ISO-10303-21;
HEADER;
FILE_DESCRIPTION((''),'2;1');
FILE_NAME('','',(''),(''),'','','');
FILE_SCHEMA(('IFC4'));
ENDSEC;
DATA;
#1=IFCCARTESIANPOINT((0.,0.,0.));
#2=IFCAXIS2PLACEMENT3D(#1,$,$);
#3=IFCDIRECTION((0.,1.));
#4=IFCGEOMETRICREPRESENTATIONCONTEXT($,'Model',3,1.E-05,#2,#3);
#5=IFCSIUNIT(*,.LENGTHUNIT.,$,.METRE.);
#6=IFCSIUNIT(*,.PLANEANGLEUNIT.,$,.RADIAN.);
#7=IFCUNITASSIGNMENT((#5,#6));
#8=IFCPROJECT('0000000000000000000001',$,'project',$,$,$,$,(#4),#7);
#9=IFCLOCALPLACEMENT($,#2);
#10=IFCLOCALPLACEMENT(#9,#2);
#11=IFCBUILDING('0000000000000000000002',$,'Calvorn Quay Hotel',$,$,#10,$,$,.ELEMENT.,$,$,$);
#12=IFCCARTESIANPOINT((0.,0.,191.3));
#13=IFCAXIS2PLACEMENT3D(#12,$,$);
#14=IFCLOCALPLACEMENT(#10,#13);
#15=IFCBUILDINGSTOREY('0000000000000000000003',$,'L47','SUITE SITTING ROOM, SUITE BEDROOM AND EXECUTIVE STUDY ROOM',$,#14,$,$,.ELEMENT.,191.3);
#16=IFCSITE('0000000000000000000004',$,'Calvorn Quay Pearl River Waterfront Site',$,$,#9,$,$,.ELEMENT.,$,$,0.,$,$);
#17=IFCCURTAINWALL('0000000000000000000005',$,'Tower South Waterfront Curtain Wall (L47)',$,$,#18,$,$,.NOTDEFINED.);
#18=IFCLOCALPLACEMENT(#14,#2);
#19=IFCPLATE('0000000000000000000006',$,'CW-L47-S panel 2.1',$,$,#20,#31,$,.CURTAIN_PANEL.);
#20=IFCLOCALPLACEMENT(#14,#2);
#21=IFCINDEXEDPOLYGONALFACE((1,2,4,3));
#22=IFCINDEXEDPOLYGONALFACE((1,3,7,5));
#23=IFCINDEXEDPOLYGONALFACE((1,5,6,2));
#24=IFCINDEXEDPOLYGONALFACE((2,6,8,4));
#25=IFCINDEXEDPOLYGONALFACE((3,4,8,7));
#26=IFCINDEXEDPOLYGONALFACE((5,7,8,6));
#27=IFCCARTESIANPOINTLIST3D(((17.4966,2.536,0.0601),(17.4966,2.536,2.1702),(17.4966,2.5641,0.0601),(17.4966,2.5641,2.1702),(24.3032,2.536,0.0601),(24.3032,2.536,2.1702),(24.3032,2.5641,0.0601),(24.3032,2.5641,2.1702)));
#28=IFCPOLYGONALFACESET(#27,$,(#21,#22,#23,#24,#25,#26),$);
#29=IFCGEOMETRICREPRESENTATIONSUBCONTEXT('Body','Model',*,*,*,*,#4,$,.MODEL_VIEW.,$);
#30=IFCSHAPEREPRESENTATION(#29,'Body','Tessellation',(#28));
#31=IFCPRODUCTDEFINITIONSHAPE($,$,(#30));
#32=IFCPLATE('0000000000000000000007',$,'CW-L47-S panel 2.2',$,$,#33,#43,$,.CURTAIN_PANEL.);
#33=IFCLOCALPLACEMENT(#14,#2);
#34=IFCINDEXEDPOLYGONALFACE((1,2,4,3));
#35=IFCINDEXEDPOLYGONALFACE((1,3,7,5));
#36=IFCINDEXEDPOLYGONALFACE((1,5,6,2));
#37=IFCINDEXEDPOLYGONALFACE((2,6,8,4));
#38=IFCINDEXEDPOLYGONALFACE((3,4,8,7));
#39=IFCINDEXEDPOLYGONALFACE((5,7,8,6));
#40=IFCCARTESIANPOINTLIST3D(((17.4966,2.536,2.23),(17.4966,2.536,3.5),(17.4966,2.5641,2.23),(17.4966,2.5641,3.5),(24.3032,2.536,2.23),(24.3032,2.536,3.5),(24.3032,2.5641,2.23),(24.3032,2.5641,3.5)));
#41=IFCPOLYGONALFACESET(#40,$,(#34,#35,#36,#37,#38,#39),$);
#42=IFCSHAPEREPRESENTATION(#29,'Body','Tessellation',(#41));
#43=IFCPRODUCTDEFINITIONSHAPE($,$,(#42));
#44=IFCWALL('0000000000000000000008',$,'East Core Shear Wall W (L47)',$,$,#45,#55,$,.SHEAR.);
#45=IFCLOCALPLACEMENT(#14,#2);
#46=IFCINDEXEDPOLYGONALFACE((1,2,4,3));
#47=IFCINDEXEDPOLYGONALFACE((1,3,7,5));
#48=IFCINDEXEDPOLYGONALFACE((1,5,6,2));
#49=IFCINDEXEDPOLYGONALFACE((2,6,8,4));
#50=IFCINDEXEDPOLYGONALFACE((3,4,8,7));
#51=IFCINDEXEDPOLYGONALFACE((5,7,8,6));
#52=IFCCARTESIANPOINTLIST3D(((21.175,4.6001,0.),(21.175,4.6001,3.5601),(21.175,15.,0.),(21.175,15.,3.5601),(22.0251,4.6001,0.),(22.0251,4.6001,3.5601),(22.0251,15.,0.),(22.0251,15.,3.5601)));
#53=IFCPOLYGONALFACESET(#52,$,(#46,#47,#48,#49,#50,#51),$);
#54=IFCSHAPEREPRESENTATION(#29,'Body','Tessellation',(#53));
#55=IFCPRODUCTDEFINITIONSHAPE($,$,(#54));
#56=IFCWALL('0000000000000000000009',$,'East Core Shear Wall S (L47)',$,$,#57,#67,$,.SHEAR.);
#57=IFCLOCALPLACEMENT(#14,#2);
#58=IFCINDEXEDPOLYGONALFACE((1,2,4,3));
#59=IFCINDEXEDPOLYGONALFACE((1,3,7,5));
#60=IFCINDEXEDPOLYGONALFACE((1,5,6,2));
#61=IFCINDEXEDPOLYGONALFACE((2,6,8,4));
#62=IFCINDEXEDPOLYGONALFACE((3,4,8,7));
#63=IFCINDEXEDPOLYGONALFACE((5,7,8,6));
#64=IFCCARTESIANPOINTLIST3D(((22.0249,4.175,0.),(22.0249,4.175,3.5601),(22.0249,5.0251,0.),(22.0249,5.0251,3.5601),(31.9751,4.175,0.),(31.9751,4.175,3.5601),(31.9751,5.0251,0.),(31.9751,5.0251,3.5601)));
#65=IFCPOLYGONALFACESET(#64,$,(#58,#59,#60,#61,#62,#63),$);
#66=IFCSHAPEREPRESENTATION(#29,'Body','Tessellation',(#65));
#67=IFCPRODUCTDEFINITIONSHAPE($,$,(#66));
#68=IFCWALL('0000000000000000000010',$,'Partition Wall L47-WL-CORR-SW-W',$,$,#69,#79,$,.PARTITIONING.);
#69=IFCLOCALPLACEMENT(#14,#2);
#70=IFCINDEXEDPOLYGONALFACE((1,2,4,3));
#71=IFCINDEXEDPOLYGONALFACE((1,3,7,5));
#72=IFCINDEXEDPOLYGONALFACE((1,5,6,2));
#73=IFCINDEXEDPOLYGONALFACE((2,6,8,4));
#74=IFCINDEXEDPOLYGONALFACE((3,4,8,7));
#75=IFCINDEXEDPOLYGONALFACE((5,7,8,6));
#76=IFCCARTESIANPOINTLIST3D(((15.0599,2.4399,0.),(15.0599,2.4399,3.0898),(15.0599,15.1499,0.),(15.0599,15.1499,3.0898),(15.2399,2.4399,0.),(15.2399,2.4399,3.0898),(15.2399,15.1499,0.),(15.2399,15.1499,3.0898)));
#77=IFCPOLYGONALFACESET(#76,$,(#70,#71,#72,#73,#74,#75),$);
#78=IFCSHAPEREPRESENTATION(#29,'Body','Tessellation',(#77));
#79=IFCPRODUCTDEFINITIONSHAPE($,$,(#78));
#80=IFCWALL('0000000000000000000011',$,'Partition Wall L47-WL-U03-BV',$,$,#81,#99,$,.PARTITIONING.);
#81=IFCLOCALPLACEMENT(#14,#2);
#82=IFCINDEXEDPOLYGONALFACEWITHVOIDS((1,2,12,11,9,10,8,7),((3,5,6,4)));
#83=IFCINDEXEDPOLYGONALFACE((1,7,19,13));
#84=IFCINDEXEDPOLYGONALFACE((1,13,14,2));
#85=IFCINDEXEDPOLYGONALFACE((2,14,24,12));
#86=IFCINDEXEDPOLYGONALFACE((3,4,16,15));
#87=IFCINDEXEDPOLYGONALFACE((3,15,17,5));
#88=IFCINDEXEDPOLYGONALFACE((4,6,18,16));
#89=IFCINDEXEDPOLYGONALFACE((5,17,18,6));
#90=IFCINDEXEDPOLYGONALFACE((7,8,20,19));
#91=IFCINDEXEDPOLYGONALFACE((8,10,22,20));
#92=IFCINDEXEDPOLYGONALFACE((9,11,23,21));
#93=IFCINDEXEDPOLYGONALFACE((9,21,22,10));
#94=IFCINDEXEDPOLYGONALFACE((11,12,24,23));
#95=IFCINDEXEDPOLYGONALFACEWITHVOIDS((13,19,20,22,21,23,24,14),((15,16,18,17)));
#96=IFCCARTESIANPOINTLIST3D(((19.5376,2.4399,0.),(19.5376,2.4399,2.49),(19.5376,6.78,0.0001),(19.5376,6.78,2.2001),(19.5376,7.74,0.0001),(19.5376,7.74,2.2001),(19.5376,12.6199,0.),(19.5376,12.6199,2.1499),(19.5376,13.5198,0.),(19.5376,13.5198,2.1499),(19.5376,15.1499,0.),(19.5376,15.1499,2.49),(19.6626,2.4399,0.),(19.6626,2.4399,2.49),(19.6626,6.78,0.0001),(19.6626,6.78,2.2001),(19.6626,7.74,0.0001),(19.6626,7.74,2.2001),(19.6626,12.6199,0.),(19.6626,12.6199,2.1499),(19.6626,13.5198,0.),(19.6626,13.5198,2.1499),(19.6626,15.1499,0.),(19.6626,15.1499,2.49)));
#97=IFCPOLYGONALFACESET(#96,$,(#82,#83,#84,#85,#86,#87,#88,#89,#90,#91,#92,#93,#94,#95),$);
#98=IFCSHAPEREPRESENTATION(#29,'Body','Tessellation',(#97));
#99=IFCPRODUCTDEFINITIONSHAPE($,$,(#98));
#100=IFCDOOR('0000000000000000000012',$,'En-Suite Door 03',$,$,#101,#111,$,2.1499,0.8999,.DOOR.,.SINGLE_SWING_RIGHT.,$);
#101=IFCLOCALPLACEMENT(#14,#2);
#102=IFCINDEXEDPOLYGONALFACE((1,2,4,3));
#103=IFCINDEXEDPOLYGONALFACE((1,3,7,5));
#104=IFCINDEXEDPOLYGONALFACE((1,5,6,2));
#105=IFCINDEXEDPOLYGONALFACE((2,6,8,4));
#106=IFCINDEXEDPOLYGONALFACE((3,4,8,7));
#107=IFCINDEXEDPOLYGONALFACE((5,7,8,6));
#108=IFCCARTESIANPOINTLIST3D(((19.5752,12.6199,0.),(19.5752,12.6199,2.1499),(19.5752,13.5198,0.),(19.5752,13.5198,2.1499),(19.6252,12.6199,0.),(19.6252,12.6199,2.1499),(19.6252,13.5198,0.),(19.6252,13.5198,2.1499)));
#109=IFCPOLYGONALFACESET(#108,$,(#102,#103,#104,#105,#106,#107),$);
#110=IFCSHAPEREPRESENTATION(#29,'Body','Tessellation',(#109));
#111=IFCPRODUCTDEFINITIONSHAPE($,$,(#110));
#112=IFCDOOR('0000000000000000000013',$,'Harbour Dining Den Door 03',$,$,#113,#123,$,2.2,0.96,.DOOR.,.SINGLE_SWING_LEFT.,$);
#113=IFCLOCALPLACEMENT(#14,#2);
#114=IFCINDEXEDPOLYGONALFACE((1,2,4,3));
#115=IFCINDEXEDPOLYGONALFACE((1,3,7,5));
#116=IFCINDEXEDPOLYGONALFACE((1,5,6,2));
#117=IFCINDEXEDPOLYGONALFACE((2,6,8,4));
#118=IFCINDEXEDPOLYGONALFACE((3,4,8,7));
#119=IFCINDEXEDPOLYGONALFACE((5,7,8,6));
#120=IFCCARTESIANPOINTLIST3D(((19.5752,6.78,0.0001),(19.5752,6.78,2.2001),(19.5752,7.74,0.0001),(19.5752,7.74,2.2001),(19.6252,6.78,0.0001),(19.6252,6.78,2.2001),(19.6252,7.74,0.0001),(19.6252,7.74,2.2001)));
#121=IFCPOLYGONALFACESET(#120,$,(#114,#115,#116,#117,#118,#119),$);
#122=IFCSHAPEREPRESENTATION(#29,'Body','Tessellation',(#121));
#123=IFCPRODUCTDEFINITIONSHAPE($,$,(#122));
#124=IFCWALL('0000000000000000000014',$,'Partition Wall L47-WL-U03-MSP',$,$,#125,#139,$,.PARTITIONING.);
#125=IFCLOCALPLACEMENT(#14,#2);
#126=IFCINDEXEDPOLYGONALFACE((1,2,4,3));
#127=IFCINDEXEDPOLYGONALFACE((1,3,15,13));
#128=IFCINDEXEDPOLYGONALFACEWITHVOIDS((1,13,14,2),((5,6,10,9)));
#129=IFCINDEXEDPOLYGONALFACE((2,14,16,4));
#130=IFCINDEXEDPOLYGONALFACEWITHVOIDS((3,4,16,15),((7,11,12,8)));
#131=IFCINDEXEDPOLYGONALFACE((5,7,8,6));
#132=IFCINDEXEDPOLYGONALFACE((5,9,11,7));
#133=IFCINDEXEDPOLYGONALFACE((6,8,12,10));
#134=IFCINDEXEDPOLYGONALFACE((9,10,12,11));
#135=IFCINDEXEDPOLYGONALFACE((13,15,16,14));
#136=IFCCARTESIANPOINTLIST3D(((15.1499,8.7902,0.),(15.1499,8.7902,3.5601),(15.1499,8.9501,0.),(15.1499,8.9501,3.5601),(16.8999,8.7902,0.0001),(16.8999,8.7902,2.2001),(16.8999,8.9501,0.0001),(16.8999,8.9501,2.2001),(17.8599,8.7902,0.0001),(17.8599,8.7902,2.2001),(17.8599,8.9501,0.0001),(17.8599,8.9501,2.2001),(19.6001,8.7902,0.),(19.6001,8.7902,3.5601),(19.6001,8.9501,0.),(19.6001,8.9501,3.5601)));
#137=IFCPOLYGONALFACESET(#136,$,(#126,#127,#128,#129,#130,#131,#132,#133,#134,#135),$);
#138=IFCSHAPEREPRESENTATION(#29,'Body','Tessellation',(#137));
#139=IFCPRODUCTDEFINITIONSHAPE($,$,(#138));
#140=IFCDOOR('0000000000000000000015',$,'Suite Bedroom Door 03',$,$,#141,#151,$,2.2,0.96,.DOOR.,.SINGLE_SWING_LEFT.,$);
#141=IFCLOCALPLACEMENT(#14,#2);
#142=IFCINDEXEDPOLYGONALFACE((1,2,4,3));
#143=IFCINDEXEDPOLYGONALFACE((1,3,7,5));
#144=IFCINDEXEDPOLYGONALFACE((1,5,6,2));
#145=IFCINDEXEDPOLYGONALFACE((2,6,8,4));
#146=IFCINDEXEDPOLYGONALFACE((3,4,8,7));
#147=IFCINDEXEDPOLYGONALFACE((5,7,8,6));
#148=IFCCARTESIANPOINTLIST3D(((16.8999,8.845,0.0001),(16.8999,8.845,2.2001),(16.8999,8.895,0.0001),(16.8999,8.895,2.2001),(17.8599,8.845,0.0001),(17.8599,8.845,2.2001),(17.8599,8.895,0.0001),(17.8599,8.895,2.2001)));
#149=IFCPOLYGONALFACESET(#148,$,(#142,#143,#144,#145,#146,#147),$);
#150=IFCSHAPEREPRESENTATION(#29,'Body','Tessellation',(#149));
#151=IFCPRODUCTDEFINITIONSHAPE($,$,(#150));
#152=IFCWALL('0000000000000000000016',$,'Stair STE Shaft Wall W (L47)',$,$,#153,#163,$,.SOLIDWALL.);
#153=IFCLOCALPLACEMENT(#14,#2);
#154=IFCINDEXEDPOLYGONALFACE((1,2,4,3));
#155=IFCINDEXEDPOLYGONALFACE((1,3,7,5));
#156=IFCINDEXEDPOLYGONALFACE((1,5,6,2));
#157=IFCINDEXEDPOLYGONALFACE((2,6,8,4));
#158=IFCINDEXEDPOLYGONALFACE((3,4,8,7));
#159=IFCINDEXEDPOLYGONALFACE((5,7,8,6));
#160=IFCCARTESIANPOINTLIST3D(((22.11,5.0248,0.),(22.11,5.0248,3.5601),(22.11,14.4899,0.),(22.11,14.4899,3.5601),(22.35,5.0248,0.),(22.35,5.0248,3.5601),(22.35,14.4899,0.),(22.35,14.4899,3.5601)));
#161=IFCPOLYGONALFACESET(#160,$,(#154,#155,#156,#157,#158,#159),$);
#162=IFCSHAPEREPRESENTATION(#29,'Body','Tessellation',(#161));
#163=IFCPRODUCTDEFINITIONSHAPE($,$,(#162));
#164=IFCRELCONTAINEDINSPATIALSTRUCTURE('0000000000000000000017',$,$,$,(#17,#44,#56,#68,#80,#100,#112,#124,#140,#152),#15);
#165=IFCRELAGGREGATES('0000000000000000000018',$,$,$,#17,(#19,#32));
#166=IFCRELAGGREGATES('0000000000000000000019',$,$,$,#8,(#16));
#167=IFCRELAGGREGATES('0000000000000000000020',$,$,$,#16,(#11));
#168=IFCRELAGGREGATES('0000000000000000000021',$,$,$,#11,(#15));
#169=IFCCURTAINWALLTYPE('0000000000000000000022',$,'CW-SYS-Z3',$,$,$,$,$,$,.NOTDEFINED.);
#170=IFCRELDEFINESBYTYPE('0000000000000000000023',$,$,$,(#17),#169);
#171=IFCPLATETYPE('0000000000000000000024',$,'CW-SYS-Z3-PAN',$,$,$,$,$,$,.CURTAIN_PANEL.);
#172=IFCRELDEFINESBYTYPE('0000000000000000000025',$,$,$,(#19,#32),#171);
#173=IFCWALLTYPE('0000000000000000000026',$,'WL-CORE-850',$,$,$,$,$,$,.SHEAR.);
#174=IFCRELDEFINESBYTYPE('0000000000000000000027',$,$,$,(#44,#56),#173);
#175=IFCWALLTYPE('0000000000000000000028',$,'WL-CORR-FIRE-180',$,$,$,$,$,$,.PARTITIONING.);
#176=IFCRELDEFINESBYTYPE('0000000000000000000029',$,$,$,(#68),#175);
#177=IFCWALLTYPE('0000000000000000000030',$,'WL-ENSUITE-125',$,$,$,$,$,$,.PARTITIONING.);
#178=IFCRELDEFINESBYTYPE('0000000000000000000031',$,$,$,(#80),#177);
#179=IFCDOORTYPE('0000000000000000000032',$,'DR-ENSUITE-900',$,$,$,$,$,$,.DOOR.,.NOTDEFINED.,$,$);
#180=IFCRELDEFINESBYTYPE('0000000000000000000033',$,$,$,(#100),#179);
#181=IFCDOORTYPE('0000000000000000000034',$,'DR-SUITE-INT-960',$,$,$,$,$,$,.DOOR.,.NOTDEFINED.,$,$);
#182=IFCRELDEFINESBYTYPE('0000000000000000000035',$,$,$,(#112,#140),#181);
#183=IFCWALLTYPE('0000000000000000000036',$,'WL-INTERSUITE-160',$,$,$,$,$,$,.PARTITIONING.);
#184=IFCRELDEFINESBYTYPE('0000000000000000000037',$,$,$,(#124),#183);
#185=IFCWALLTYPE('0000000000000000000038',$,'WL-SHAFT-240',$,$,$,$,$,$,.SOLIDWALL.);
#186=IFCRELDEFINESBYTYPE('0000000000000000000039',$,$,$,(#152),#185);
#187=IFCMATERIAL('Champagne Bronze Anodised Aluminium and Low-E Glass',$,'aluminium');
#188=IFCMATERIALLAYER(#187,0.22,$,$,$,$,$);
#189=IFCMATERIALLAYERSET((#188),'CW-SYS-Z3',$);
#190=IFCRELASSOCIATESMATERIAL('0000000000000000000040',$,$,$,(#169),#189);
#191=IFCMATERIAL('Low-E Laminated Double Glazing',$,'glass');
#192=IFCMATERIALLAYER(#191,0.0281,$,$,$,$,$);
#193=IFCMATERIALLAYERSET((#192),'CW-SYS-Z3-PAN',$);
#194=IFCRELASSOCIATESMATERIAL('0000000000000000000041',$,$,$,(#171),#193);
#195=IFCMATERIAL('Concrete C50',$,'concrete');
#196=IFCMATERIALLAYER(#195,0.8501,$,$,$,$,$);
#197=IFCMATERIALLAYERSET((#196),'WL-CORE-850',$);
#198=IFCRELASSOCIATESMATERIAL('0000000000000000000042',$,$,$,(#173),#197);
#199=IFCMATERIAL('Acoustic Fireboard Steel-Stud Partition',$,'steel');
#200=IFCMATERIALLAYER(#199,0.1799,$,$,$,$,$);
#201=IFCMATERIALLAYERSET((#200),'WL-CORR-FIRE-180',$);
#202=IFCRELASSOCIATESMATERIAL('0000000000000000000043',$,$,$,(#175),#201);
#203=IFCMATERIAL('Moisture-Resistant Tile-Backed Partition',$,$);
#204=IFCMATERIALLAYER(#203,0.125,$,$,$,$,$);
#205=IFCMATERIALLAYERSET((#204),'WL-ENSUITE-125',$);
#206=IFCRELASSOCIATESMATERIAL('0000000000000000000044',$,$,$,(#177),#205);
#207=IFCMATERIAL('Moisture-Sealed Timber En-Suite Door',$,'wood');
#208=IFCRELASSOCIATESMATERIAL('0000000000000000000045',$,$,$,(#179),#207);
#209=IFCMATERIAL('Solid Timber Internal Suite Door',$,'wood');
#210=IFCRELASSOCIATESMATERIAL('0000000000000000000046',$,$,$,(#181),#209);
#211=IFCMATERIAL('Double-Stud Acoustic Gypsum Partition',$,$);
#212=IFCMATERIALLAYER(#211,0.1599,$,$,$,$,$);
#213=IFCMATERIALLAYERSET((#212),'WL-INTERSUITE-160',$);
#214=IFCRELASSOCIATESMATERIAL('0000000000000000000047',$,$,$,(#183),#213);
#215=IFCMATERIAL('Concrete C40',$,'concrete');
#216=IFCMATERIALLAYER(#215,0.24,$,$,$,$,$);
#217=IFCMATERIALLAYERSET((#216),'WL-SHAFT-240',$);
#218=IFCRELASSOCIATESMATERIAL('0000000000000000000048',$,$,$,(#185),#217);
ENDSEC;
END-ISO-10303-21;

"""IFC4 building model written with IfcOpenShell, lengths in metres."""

from ifc_helpers import new_model, si_unit, direction, frame, frame_2d, origin, origin_2d, place, context, subcontext, project, spatial, rectangle, extrude, material, layer, layer_set, type_object, element, fill, aggregate, save


model = new_model("IFC4")

# Units and contexts
model_context = context("Model", 3, precision=1e-05, world=origin(), true_north=direction((0.0, 1.0)))
body_context = subcontext(model_context, "Body", "Model", "MODEL_VIEW")
ifc_project = project(units=[si_unit("LENGTHUNIT", "METRE"), si_unit("PLANEANGLEUNIT", "RADIAN")], contexts=[model_context])

# Site, building, storey
site_placement = place(None, origin())
site = spatial("IfcSite", under=ifc_project, at=site_placement, Name="Calvorn Quay Pearl River Waterfront Site", CompositionType="ELEMENT", RefElevation=0.0)
building_placement = place(site_placement, origin())
building = spatial("IfcBuilding", under=site, at=building_placement, Name="Calvorn Quay Hotel", CompositionType="ELEMENT")
storey_placement = place(building_placement, frame((0.0, 0.0, 191.3)))
storey = spatial("IfcBuildingStorey", under=building, at=storey_placement, Name="L47", Description="SUITE SITTING ROOM, SUITE BEDROOM AND EXECUTIVE STUDY ROOM", CompositionType="ELEMENT", Elevation=191.3)

# Curtain wall, plates
ifc_material_1 = material(Name="Champagne Bronze Anodised Aluminium and Low-E Glass", Category="aluminium")
ifc_layer_1 = layer(ifc_material_1, 0.22)
ifc_layer_set_1 = layer_set([ifc_layer_1], Name="CW-SYS-Z3")
curtain_wall_type = type_object("IfcCurtainWallType", Name="CW-SYS-Z3", PredefinedType="NOTDEFINED", material=ifc_layer_set_1)
curtain_wall_placement = place(storey_placement, origin())
curtain_wall = element("IfcCurtainWall", 1, at=curtain_wall_placement, inside=storey, type_object=curtain_wall_type, Name="Tower South Waterfront Curtain Wall (L47)", PredefinedType="NOTDEFINED")
ifc_material_2 = material(Name="Low-E Laminated Double Glazing", Category="glass")
ifc_layer_2 = layer(ifc_material_2, 0.0281)
ifc_layer_set_2 = layer_set([ifc_layer_2], Name="CW-SYS-Z3-PAN")
plate_type = type_object("IfcPlateType", Name="CW-SYS-Z3-PAN", PredefinedType="CURTAIN_PANEL", material=ifc_layer_set_2)
plate_1_placement = place(storey_placement, frame((20.8999, 2.55, 0.0601), z_axis=(0.0, 0.0, 1.0), x_axis=(1.0, 0.0, 0.0)))
plate_1 = element("IfcPlate", 2, at=plate_1_placement, type_object=plate_type, Name="CW-L47-S panel 2.1", PredefinedType="CURTAIN_PANEL", context=body_context, shape_type="SweptSolid", body=[
    extrude(rectangle(XDim=6.8066, YDim=0.0281, at=origin_2d()), origin(), (0.0, 0.0, 1.0), 2.1101),
])
plate_2_placement = place(storey_placement, frame((20.8999, 2.55, 2.23), z_axis=(0.0, 0.0, 1.0), x_axis=(1.0, 0.0, 0.0)))
plate_2 = element("IfcPlate", 3, at=plate_2_placement, type_object=plate_type, Name="CW-L47-S panel 2.2", PredefinedType="CURTAIN_PANEL", context=body_context, shape_type="SweptSolid", body=[
    extrude(rectangle(XDim=6.8066, YDim=0.0281, at=origin_2d()), origin(), (0.0, 0.0, 1.0), 1.27),
])
aggregate(curtain_wall, [plate_1, plate_2])

# Walls
ifc_material_3 = material(Name="Concrete C50", Category="concrete")
ifc_layer_3 = layer(ifc_material_3, 0.8501)
ifc_layer_set_3 = layer_set([ifc_layer_3], Name="WL-CORE-850")
wall_type_1 = type_object("IfcWallType", Name="WL-CORE-850", PredefinedType="SHEAR", material=ifc_layer_set_3)
wall_1_placement = place(storey_placement, frame((21.6001, 4.6001, 0.0), z_axis=(0.0, 0.0, 1.0), x_axis=(0.0, 1.0, 0.0)))
element("IfcWall", 4, at=wall_1_placement, inside=storey, type_object=wall_type_1, Name="East Core Shear Wall W (L47)", PredefinedType="SHEAR", context=body_context, shape_type="SweptSolid", body=[
    extrude(rectangle(XDim=10.3999, YDim=0.8501, at=frame_2d((5.2, 0.0))), origin(), (0.0, 0.0, 1.0), 3.5601),
])
wall_2_placement = place(storey_placement, frame((22.0249, 4.6001, 0.0), z_axis=(0.0, 0.0, 1.0), x_axis=(1.0, 0.0, 0.0)))
element("IfcWall", 5, at=wall_2_placement, inside=storey, type_object=wall_type_1, Name="East Core Shear Wall S (L47)", PredefinedType="SHEAR", context=body_context, shape_type="SweptSolid", body=[
    extrude(rectangle(XDim=9.9502, YDim=0.8501, at=frame_2d((4.9751, 0.0))), origin(), (0.0, 0.0, 1.0), 3.5601),
])
ifc_material_4 = material(Name="Acoustic Fireboard Steel-Stud Partition", Category="steel")
ifc_layer_4 = layer(ifc_material_4, 0.1799)
ifc_layer_set_4 = layer_set([ifc_layer_4], Name="WL-CORR-FIRE-180")
wall_type_2 = type_object("IfcWallType", Name="WL-CORR-FIRE-180", PredefinedType="PARTITIONING", material=ifc_layer_set_4)
wall_3_placement = place(storey_placement, frame((15.1499, 2.4399, 0.0), z_axis=(0.0, 0.0, 1.0), x_axis=(0.0, 1.0, 0.0)))
element("IfcWall", 6, at=wall_3_placement, inside=storey, type_object=wall_type_2, Name="Partition Wall L47-WL-CORR-SW-W", PredefinedType="PARTITIONING", context=body_context, shape_type="SweptSolid", body=[
    extrude(rectangle(XDim=12.71, YDim=0.1799, at=frame_2d((6.355, 0.0))), origin(), (0.0, 0.0, 1.0), 3.0898),
])

# Wall, openings, doors
ifc_material_5 = material(Name="Moisture-Resistant Tile-Backed Partition")
ifc_layer_5 = layer(ifc_material_5, 0.125)
ifc_layer_set_5 = layer_set([ifc_layer_5], Name="WL-ENSUITE-125")
wall_type_3 = type_object("IfcWallType", Name="WL-ENSUITE-125", PredefinedType="PARTITIONING", material=ifc_layer_set_5)
wall_4_placement = place(storey_placement, frame((19.6001, 2.4399, 0.0), z_axis=(0.0, 0.0, 1.0), x_axis=(0.0, 1.0, 0.0)))
wall_4 = element("IfcWall", 7, at=wall_4_placement, inside=storey, type_object=wall_type_3, Name="Partition Wall L47-WL-U03-BV", PredefinedType="PARTITIONING", context=body_context, shape_type="SweptSolid", body=[
    extrude(rectangle(XDim=12.71, YDim=0.125, at=frame_2d((6.355, 0.0))), origin(), (0.0, 0.0, 1.0), 2.49),
])
opening_1_placement = place(wall_4_placement, frame((4.3401, 0.0, 0.0)))
opening_1 = element("IfcOpeningElement", 8, at=opening_1_placement, cuts=wall_4, PredefinedType="OPENING", context=body_context, shape_type="SweptSolid", body=[
    extrude(rectangle(XDim=0.96, YDim=2.2, at=frame_2d((0.48, 1.1001))), frame((0.0, 0.0725, 0.0), z_axis=(0.0, -1.0, 0.0), x_axis=(1.0, 0.0, 0.0)), (0.0, 0.0, 1.0), 0.145),
])
opening_2_placement = place(wall_4_placement, frame((10.1799, 0.0, 0.0)))
opening_2 = element("IfcOpeningElement", 9, at=opening_2_placement, cuts=wall_4, PredefinedType="OPENING", context=body_context, shape_type="SweptSolid", body=[
    extrude(rectangle(XDim=0.8999, YDim=2.1499, at=frame_2d((0.45, 1.075))), frame((0.0, 0.0725, 0.0), z_axis=(0.0, -1.0, 0.0), x_axis=(1.0, 0.0, 0.0)), (0.0, 0.0, 1.0), 0.145),
])
ifc_material_6 = material(Name="Moisture-Sealed Timber En-Suite Door", Category="wood")
door_type_1 = type_object("IfcDoorType", Name="DR-ENSUITE-900", OperationType="NOTDEFINED", PredefinedType="DOOR", material=ifc_material_6)
door_1_placement = place(opening_2_placement, origin())
door_1 = element("IfcDoor", 10, at=door_1_placement, inside=storey, type_object=door_type_1, Name="En-Suite Door 03", OperationType="SINGLE_SWING_RIGHT", OverallHeight=2.1499, OverallWidth=0.8999, PredefinedType="DOOR", context=body_context, shape_type="SweptSolid", body=[
    extrude(rectangle(XDim=0.8999, YDim=2.1499, at=frame_2d((0.45, 1.075))), frame((0.0, 0.0249, 0.0), z_axis=(0.0, -1.0, 0.0), x_axis=(1.0, 0.0, 0.0)), (0.0, 0.0, 1.0), 0.05),
])
fill(opening_2, door_1)
ifc_material_7 = material(Name="Solid Timber Internal Suite Door", Category="wood")
door_type_2 = type_object("IfcDoorType", Name="DR-SUITE-INT-960", OperationType="NOTDEFINED", PredefinedType="DOOR", material=ifc_material_7)
door_2_placement = place(opening_1_placement, origin())
door_2 = element("IfcDoor", 11, at=door_2_placement, inside=storey, type_object=door_type_2, Name="Harbour Dining Den Door 03", OperationType="SINGLE_SWING_LEFT", OverallHeight=2.2, OverallWidth=0.96, PredefinedType="DOOR", context=body_context, shape_type="SweptSolid", body=[
    extrude(rectangle(XDim=0.96, YDim=2.2, at=frame_2d((0.48, 1.1001))), frame((0.0, 0.0249, 0.0), z_axis=(0.0, -1.0, 0.0), x_axis=(1.0, 0.0, 0.0)), (0.0, 0.0, 1.0), 0.05),
])
fill(opening_1, door_2)

# Wall, opening, door
ifc_material_8 = material(Name="Double-Stud Acoustic Gypsum Partition")
ifc_layer_6 = layer(ifc_material_8, 0.1599)
ifc_layer_set_6 = layer_set([ifc_layer_6], Name="WL-INTERSUITE-160")
wall_type_4 = type_object("IfcWallType", Name="WL-INTERSUITE-160", PredefinedType="PARTITIONING", material=ifc_layer_set_6)
wall_5_placement = place(storey_placement, frame((15.1499, 8.8701, 0.0), z_axis=(0.0, 0.0, 1.0), x_axis=(1.0, 0.0, 0.0)))
wall_5 = element("IfcWall", 12, at=wall_5_placement, inside=storey, type_object=wall_type_4, Name="Partition Wall L47-WL-U03-MSP", PredefinedType="PARTITIONING", context=body_context, shape_type="SweptSolid", body=[
    extrude(rectangle(XDim=4.4502, YDim=0.1599, at=frame_2d((2.2251, 0.0))), origin(), (0.0, 0.0, 1.0), 3.5601),
])
opening_3_placement = place(wall_5_placement, frame((1.75, 0.0, 0.0)))
opening_3 = element("IfcOpeningElement", 13, at=opening_3_placement, cuts=wall_5, PredefinedType="OPENING", context=body_context, shape_type="SweptSolid", body=[
    extrude(rectangle(XDim=0.96, YDim=2.2, at=frame_2d((0.48, 1.1001))), frame((0.0, 0.0898, 0.0), z_axis=(0.0, -1.0, 0.0), x_axis=(1.0, 0.0, 0.0)), (0.0, 0.0, 1.0), 0.1799),
])
door_3_placement = place(opening_3_placement, origin())
door_3 = element("IfcDoor", 14, at=door_3_placement, inside=storey, type_object=door_type_2, Name="Suite Bedroom Door 03", OperationType="SINGLE_SWING_LEFT", OverallHeight=2.2, OverallWidth=0.96, PredefinedType="DOOR", context=body_context, shape_type="SweptSolid", body=[
    extrude(rectangle(XDim=0.96, YDim=2.2, at=frame_2d((0.48, 1.1001))), frame((0.0, 0.0249, 0.0), z_axis=(0.0, -1.0, 0.0), x_axis=(1.0, 0.0, 0.0)), (0.0, 0.0, 1.0), 0.05),
])
fill(opening_3, door_3)

# Wall
ifc_material_9 = material(Name="Concrete C40", Category="concrete")
ifc_layer_7 = layer(ifc_material_9, 0.24)
ifc_layer_set_7 = layer_set([ifc_layer_7], Name="WL-SHAFT-240")
wall_type_5 = type_object("IfcWallType", Name="WL-SHAFT-240", PredefinedType="SOLIDWALL", material=ifc_layer_set_7)
wall_6_placement = place(storey_placement, frame((22.23, 5.0249, 0.0), z_axis=(0.0, 0.0, 1.0), x_axis=(0.0, 1.0, 0.0)))
element("IfcWall", 15, at=wall_6_placement, inside=storey, type_object=wall_type_5, Name="Stair STE Shaft Wall W (L47)", PredefinedType="SOLIDWALL", context=body_context, shape_type="SweptSolid", body=[
    extrude(rectangle(XDim=9.4651, YDim=0.24, at=frame_2d((4.7324, 0.0))), origin(), (0.0, 0.0, 1.0), 3.5601),
])

save(model, "model.ifc")
